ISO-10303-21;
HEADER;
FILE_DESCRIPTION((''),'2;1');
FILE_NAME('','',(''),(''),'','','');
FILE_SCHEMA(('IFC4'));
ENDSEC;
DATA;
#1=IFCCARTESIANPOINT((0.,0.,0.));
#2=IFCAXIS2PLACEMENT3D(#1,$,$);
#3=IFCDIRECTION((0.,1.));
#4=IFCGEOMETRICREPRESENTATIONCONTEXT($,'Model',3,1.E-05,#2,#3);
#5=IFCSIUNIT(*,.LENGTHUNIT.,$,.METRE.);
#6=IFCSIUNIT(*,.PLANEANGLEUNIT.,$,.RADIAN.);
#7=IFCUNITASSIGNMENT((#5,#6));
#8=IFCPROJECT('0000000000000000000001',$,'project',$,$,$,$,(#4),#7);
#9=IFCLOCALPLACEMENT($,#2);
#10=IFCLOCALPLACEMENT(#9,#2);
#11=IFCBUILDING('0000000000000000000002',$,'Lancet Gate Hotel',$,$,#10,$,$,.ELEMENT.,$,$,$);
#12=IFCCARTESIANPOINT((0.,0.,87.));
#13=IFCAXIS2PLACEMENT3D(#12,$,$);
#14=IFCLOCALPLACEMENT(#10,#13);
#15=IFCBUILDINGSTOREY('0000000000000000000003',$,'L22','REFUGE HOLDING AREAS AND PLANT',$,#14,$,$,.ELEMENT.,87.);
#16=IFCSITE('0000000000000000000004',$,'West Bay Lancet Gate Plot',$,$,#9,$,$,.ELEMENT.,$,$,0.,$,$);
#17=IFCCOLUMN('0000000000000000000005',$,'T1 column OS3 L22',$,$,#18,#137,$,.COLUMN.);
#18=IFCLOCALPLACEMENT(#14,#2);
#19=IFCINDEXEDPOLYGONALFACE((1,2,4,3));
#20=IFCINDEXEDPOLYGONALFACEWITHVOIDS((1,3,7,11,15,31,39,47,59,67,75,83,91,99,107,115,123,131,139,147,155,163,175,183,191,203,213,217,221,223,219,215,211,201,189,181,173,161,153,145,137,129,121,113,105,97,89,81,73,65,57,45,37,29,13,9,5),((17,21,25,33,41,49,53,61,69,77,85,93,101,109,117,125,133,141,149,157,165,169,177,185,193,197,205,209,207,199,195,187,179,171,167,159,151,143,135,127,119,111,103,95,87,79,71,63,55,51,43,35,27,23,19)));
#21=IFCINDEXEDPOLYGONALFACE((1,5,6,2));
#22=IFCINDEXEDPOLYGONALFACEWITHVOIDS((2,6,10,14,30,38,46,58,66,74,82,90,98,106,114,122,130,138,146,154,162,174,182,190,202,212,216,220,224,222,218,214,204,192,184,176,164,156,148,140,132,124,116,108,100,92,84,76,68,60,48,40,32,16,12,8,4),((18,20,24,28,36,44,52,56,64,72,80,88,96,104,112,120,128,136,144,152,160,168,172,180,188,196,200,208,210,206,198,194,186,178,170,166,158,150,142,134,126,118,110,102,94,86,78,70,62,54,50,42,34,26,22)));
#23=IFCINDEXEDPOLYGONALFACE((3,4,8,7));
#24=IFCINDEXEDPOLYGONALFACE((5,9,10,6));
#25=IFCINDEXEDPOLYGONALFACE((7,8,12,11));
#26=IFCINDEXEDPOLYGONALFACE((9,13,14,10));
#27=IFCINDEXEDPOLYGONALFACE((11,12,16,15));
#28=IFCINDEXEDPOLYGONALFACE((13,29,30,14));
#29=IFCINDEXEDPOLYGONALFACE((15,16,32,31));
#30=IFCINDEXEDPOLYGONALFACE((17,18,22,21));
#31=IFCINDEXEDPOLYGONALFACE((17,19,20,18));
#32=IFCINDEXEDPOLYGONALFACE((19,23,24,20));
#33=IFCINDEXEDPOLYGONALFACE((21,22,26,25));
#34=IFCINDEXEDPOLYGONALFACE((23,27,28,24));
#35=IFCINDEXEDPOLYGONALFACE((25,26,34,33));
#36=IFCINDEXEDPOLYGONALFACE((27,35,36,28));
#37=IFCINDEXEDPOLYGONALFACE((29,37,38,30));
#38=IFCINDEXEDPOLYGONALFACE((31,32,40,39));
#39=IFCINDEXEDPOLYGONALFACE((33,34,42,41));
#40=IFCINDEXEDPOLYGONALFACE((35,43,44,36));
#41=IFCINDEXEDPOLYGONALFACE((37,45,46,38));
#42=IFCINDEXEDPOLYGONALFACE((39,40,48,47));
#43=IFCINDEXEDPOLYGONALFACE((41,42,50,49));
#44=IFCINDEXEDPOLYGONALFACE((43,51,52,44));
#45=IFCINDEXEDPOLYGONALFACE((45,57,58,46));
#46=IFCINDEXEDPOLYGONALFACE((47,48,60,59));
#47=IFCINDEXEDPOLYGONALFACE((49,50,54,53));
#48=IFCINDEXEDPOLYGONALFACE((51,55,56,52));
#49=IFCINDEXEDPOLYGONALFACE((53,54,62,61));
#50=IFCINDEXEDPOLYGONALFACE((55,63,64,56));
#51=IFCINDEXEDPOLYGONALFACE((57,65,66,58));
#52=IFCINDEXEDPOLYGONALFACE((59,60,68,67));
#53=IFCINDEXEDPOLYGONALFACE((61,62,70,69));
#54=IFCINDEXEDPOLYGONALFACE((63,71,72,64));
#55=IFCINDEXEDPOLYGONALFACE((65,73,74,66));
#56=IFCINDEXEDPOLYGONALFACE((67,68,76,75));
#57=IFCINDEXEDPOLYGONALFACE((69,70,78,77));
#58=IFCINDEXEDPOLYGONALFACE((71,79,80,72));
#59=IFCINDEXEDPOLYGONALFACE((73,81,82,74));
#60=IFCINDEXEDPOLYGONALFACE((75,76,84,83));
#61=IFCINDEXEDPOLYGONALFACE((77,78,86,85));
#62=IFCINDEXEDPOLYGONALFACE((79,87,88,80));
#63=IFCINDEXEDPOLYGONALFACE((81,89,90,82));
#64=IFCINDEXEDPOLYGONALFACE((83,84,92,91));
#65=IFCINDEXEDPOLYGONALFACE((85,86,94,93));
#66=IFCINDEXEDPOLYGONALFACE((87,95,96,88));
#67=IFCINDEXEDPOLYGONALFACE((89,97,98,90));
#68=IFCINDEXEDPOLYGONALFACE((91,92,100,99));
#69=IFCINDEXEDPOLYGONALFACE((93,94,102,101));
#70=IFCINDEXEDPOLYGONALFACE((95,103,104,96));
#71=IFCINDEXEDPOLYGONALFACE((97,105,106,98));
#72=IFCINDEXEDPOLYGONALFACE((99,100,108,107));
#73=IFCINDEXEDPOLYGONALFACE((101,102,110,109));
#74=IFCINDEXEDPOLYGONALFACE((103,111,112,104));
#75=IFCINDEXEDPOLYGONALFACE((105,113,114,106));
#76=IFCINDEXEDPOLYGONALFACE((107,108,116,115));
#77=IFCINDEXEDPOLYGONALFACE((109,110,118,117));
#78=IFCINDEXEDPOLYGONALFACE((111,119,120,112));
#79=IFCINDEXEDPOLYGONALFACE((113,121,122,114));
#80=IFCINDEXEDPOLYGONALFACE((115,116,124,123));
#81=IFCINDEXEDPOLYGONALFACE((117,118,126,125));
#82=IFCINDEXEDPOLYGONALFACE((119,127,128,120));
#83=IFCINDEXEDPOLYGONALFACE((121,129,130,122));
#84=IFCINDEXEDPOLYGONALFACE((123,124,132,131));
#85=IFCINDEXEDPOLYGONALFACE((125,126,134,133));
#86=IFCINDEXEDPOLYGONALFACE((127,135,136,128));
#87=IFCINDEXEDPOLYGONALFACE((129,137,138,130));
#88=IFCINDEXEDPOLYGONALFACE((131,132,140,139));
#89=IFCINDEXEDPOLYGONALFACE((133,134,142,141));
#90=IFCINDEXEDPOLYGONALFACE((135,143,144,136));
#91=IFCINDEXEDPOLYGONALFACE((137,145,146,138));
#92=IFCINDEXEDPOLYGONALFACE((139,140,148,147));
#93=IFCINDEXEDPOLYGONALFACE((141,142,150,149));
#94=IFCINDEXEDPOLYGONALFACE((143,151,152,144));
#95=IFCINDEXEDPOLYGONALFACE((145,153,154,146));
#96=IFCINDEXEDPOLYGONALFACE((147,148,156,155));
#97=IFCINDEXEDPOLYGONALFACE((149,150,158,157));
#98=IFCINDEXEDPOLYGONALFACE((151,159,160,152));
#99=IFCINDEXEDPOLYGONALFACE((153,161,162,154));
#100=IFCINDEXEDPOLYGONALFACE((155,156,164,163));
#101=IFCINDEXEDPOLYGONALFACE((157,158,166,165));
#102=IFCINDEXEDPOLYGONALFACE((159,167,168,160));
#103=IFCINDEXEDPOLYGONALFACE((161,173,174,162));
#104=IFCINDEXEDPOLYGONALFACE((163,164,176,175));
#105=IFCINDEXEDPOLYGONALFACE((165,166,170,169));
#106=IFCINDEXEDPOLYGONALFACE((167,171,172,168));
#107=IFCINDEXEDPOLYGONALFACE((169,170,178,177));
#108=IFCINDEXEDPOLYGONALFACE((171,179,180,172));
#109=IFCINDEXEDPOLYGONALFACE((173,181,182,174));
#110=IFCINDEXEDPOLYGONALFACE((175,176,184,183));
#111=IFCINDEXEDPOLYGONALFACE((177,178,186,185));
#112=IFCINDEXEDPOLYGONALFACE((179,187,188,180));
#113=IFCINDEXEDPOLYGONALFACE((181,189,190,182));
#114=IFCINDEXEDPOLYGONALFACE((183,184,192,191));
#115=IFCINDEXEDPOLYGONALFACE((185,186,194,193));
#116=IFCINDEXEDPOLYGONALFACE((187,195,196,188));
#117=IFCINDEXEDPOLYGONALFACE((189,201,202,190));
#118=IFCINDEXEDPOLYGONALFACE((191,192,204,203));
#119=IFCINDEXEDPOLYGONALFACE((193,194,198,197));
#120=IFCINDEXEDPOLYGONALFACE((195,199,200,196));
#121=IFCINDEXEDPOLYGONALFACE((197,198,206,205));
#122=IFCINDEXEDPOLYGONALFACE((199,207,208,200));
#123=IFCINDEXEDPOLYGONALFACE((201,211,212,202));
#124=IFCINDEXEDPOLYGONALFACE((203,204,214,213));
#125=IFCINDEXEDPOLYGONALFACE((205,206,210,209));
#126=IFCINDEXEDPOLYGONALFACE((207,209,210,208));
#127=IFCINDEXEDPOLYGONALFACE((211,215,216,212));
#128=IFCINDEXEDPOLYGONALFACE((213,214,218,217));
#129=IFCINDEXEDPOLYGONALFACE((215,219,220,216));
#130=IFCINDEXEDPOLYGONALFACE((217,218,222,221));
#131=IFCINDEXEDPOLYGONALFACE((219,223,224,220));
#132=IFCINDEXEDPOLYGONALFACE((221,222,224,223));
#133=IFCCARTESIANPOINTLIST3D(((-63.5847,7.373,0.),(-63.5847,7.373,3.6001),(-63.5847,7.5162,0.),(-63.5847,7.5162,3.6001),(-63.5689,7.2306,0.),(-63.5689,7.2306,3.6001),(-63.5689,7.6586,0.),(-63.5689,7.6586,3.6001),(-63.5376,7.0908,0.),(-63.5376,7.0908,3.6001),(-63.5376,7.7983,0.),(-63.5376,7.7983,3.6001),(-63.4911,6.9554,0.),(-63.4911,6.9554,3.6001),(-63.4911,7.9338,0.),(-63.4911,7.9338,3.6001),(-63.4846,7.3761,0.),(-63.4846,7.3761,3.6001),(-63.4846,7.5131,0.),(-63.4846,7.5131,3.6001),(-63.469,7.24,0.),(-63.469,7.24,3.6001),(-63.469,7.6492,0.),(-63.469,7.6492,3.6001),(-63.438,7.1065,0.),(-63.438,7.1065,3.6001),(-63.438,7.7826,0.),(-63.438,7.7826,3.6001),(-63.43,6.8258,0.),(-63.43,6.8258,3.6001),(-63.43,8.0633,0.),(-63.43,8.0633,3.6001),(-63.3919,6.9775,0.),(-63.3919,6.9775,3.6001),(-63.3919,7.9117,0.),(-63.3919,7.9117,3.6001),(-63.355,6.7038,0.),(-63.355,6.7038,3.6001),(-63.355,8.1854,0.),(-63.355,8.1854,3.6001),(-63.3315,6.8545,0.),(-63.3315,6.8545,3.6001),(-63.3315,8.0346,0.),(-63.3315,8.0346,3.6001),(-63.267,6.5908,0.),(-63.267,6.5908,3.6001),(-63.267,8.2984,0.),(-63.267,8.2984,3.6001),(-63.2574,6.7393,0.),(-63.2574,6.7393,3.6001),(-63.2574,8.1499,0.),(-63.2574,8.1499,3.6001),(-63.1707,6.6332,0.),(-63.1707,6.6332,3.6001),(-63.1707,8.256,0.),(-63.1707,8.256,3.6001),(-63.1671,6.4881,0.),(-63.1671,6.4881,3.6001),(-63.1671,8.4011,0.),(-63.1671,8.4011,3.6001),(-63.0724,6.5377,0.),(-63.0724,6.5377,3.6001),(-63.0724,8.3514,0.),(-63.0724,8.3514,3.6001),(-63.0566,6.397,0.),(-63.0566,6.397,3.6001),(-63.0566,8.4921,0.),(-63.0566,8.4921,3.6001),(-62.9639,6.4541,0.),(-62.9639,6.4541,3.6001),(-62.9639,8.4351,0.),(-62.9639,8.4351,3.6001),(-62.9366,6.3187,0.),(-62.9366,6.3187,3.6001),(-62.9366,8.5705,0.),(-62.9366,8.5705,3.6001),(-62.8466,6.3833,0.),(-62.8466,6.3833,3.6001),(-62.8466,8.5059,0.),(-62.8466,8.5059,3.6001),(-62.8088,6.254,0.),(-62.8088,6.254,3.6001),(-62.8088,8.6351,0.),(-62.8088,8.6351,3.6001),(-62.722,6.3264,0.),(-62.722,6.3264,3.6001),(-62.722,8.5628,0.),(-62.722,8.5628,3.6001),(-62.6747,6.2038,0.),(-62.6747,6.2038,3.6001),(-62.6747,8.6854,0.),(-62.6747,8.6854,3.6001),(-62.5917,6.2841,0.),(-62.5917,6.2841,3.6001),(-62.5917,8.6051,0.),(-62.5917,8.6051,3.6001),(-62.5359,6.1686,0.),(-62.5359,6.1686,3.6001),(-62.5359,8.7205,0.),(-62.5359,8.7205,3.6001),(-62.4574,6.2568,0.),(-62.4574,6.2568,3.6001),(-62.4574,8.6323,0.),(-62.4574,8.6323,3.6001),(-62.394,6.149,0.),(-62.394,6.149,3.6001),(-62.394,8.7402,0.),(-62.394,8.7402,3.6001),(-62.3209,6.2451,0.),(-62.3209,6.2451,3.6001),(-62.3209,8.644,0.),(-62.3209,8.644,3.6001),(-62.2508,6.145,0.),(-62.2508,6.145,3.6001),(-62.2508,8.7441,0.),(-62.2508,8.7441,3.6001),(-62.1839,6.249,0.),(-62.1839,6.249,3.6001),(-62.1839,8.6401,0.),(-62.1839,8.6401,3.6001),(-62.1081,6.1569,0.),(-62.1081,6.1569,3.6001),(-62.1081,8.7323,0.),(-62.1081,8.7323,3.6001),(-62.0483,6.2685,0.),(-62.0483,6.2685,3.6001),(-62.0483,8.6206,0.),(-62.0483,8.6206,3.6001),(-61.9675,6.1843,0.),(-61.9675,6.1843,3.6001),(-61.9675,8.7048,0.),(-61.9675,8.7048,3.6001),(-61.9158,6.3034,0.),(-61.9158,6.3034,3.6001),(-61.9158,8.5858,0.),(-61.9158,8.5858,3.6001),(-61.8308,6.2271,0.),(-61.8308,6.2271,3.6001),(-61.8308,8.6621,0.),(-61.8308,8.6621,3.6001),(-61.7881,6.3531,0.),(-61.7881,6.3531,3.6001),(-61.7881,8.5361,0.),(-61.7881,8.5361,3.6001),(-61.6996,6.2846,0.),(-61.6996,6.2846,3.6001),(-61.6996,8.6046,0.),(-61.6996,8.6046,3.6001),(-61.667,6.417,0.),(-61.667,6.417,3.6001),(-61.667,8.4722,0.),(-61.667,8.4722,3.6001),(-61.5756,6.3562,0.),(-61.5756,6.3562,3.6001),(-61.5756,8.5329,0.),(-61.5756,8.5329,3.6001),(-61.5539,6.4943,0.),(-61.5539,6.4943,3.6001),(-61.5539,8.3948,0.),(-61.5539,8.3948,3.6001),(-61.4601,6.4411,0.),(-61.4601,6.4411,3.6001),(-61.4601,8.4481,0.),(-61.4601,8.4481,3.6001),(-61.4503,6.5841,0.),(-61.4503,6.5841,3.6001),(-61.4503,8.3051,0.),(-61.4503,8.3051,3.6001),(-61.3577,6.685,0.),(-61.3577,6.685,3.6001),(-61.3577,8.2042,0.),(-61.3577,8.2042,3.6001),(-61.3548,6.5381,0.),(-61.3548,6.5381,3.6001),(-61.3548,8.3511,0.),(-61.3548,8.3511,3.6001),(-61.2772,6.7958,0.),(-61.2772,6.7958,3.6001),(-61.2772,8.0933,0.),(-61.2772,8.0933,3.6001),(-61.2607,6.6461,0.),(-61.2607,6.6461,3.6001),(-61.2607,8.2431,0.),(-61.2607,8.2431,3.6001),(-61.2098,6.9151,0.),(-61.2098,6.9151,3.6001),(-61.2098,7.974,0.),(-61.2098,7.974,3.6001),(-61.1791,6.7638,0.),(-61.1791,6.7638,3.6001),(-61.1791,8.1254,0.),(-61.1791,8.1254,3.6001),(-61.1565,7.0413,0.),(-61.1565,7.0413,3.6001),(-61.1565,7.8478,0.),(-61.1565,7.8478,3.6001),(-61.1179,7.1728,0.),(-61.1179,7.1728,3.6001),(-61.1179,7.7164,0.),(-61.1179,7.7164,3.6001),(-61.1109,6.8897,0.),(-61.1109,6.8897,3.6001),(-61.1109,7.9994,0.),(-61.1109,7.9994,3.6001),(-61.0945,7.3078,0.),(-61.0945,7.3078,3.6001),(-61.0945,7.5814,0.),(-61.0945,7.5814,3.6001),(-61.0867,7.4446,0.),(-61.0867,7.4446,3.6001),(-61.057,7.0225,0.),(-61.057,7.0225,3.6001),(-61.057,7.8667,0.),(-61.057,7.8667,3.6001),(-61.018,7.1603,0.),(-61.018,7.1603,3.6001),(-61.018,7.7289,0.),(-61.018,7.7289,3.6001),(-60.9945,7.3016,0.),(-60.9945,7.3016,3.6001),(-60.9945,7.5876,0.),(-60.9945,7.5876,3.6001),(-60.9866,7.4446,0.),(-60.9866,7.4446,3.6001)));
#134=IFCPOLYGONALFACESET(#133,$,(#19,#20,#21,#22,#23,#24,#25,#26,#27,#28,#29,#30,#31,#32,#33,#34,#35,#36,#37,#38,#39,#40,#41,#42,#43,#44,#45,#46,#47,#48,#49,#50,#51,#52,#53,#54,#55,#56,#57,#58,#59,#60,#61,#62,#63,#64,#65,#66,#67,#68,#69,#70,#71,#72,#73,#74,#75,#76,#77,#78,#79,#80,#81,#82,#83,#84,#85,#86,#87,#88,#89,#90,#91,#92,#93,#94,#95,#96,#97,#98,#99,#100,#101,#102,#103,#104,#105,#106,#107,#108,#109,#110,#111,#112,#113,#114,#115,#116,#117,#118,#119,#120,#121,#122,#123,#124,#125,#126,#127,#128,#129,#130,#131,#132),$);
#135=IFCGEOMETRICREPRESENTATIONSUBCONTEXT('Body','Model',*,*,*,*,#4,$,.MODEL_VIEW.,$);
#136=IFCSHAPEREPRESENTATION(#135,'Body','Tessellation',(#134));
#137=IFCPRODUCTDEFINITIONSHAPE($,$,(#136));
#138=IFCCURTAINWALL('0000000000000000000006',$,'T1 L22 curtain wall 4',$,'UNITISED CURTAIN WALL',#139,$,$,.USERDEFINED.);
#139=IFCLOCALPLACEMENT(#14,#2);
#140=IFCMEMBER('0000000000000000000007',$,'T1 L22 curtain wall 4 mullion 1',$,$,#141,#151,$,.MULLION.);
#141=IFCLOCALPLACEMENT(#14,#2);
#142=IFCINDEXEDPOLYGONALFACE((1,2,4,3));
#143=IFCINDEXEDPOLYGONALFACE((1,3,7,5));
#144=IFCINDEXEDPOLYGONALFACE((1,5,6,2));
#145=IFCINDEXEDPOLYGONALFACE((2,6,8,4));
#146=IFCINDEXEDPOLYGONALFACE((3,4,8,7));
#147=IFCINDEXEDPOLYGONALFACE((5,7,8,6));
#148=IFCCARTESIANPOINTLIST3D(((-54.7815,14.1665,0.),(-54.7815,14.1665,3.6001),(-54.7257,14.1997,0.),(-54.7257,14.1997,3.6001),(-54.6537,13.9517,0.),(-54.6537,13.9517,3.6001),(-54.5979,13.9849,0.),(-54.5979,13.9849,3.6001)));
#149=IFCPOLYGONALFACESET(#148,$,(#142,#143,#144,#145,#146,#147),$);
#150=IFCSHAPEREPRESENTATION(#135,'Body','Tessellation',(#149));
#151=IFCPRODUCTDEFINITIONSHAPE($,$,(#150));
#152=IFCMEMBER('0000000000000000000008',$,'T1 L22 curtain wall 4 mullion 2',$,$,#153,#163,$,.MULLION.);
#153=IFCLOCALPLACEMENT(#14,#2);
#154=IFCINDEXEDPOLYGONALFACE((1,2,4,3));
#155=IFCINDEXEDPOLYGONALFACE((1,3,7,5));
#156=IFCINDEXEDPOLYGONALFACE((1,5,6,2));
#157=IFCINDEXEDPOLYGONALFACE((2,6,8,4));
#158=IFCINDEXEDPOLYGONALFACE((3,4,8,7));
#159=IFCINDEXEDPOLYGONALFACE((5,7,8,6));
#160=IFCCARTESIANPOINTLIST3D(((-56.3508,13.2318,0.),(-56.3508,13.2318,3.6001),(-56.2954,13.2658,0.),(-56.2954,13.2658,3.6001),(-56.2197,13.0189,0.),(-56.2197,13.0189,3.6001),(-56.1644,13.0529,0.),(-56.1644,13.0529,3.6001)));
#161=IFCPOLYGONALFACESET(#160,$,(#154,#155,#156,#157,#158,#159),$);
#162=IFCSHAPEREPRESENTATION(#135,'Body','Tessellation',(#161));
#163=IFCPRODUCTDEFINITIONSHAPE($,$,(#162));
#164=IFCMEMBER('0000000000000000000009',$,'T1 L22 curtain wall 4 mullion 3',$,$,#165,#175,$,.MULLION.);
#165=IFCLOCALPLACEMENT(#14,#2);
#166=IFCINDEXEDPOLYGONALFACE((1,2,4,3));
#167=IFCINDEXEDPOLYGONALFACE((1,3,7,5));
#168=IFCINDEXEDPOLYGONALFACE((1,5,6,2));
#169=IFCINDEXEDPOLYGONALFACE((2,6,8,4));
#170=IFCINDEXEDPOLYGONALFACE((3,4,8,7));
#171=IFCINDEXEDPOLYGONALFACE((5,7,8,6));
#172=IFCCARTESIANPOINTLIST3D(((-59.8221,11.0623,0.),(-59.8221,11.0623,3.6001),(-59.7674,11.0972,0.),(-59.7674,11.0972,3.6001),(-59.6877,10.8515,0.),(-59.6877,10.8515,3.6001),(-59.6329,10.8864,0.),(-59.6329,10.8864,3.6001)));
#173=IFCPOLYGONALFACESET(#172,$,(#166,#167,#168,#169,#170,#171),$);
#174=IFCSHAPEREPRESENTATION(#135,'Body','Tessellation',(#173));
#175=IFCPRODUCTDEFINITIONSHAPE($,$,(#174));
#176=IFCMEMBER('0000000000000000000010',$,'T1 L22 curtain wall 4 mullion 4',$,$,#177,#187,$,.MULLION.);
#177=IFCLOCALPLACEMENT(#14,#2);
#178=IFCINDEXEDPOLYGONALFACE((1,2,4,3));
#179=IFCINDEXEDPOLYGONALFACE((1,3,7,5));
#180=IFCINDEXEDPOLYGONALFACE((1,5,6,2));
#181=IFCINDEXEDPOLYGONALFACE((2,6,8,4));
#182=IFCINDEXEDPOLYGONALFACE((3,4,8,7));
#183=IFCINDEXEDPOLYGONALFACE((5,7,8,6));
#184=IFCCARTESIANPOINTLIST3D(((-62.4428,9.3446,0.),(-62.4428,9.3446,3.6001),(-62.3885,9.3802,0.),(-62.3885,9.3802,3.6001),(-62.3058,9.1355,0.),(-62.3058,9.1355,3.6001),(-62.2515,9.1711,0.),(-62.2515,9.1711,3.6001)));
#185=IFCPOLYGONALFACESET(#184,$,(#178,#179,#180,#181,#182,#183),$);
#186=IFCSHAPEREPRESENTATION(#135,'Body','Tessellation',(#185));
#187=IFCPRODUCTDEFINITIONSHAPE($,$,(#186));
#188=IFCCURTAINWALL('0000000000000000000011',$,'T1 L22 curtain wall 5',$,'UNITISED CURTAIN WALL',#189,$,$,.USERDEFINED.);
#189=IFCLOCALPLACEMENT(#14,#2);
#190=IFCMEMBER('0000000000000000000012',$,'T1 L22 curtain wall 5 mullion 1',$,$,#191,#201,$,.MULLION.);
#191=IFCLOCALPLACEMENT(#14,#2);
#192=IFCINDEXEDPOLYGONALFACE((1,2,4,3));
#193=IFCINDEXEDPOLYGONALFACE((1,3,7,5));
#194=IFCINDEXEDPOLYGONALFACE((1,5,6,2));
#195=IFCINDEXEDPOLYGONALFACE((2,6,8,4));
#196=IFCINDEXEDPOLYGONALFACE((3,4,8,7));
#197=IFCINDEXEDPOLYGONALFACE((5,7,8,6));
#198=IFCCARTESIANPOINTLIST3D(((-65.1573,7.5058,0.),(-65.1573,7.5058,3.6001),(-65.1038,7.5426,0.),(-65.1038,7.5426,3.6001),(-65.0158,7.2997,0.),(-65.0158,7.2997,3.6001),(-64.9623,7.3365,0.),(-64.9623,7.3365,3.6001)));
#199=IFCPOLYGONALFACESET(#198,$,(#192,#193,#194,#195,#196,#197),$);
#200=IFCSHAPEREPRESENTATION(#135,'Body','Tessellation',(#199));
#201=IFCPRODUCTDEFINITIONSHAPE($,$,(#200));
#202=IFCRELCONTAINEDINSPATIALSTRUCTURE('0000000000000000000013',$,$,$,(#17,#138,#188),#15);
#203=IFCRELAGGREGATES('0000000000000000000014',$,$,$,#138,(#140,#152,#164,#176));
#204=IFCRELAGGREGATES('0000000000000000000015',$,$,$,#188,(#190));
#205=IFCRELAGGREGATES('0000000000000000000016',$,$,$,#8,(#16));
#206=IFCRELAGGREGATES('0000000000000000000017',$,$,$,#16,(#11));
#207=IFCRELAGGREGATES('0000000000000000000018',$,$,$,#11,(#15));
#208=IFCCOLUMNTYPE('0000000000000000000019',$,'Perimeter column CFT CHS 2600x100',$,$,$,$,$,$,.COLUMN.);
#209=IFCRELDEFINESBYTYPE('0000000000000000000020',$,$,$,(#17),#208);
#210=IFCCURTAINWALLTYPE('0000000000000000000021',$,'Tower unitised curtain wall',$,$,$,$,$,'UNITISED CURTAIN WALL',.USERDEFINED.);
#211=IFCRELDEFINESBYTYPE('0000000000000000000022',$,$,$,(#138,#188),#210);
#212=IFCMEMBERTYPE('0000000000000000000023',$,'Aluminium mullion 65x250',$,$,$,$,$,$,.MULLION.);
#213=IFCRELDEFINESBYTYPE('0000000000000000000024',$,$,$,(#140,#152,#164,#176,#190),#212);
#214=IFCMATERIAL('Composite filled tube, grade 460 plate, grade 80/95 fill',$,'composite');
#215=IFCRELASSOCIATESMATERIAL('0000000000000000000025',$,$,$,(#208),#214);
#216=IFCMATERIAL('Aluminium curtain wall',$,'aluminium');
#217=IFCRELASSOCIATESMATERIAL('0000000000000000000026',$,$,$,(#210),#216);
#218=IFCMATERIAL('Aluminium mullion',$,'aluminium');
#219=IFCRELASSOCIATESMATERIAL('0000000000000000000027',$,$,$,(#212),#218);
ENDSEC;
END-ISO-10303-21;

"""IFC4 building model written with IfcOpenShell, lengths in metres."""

from ifc_helpers import new_model, si_unit, direction, frame, origin, origin_2d, place, context, subcontext, project, spatial, rectangle, hollow_circle, extrude, material, material_profile, profile_set, type_object, element, aggregate, save


model = new_model("IFC4")

# Units and contexts
model_context = context("Model", 3, precision=1e-05, world=origin(), true_north=direction((0.0, 1.0)))
body_context = subcontext(model_context, "Body", "Model", "MODEL_VIEW")
ifc_project = project(units=[si_unit("LENGTHUNIT", "METRE"), si_unit("PLANEANGLEUNIT", "RADIAN")], contexts=[model_context])

# Site, building, storey
site_placement = place(None, origin())
site = spatial("IfcSite", under=ifc_project, at=site_placement, Name="West Bay Lancet Gate Plot", CompositionType="ELEMENT", RefElevation=0.0)
building_placement = place(site_placement, origin())
building = spatial("IfcBuilding", under=site, at=building_placement, Name="Lancet Gate Hotel", CompositionType="ELEMENT")
storey_placement = place(building_placement, frame((0.0, 0.0, 87.0)))
storey = spatial("IfcBuildingStorey", under=building, at=storey_placement, Name="L22", Description="REFUGE HOLDING AREAS AND PLANT", CompositionType="ELEMENT", Elevation=87.0)

# Column
ifc_material_1 = material(Name="Composite filled tube, grade 460 plate, grade 80/95 fill", Category="composite")
ifc_material_profile_1 = material_profile(ifc_material_1, hollow_circle(Radius=1.3, WallThickness=0.1001, at=origin_2d()), Name="CHS 2600x100")
ifc_profile_set_1 = profile_set([ifc_material_profile_1], Name="Composite filled tube, grade 460 plate, grade 80/95 fill")
column_type = type_object("IfcColumnType", Name="Perimeter column CFT CHS 2600x100", PredefinedType="COLUMN", material=ifc_profile_set_1)
for number, where, z_axis, x_axis, name in (
    (1, (-62.2866, 7.4446, 0.0), (0.0, 0.0, 1.0), (1.0, 0.0, 0.0), "T1 column OS3 L22"),
):
    element("IfcColumn", number, at=place(storey_placement, frame(where, z_axis=z_axis, x_axis=x_axis)), inside=storey, type_object=column_type, Name=name, PredefinedType="COLUMN", context=body_context, shape_type="SweptSolid", body=[
        extrude(hollow_circle(Radius=1.3, WallThickness=0.1001, at=origin_2d()), origin(), (0.0, 0.0, 1.0), 3.6001),
    ])

# Curtain walls, members
ifc_material_2 = material(Name="Aluminium curtain wall", Category="aluminium")
curtain_wall_type = type_object("IfcCurtainWallType", Name="Tower unitised curtain wall", ElementType="UNITISED CURTAIN WALL", PredefinedType="USERDEFINED", material=ifc_material_2)
curtain_wall_1_placement = place(storey_placement, origin())
curtain_wall_1 = element("IfcCurtainWall", 2, at=curtain_wall_1_placement, inside=storey, type_object=curtain_wall_type, Name="T1 L22 curtain wall 4", ObjectType="UNITISED CURTAIN WALL", PredefinedType="USERDEFINED")
ifc_material_3 = material(Name="Aluminium mullion", Category="aluminium")
ifc_material_profile_2 = material_profile(ifc_material_3, rectangle(XDim=0.0649, YDim=0.25, at=origin_2d()), Name="MULLION 65x250")
ifc_profile_set_2 = profile_set([ifc_material_profile_2], Name="Aluminium mullion")
member_type_1 = type_object("IfcMemberType", Name="Aluminium mullion 65x250", PredefinedType="MULLION", material=ifc_profile_set_2)
member_1_placement = place(storey_placement, frame((-54.6897, 14.0757, 0.0), z_axis=(0.0, 0.0, 1.0), x_axis=(-0.859271, -0.51152, 0.0)))
member_1 = element("IfcMember", 3, at=member_1_placement, type_object=member_type_1, Name="T1 L22 curtain wall 4 mullion 1", PredefinedType="MULLION", context=body_context, shape_type="SweptSolid", body=[
    extrude(rectangle(XDim=0.0649, YDim=0.25, at=origin_2d()), origin(), (0.0, 0.0, 1.0), 3.6001),
])
member_2_placement = place(storey_placement, frame((-56.2576, 13.1423, 0.0), z_axis=(0.0, 0.0, 1.0), x_axis=(-0.85156, -0.524257, 0.0)))
member_2 = element("IfcMember", 4, at=member_2_placement, type_object=member_type_1, Name="T1 L22 curtain wall 4 mullion 2", PredefinedType="MULLION", context=body_context, shape_type="SweptSolid", body=[
    extrude(rectangle(XDim=0.0649, YDim=0.25, at=origin_2d()), origin(), (0.0, 0.0, 1.0), 3.6001),
])
member_3_placement = place(storey_placement, frame((-59.7275, 10.9744, 0.0), z_axis=(0.0, 0.0, 1.0), x_axis=(-0.843078, -0.537791, 0.0)))
member_3 = element("IfcMember", 5, at=member_3_placement, type_object=member_type_1, Name="T1 L22 curtain wall 4 mullion 3", PredefinedType="MULLION", context=body_context, shape_type="SweptSolid", body=[
    extrude(rectangle(XDim=0.0649, YDim=0.25, at=origin_2d()), origin(), (0.0, 0.0, 1.0), 3.6001),
])
member_4_placement = place(storey_placement, frame((-62.3472, 9.2578, 0.0), z_axis=(0.0, 0.0, 1.0), x_axis=(-0.836458, -0.548032, 0.0)))
member_4 = element("IfcMember", 6, at=member_4_placement, type_object=member_type_1, Name="T1 L22 curtain wall 4 mullion 4", PredefinedType="MULLION", context=body_context, shape_type="SweptSolid", body=[
    extrude(rectangle(XDim=0.0649, YDim=0.25, at=origin_2d()), origin(), (0.0, 0.0, 1.0), 3.6001),
])
curtain_wall_2_placement = place(storey_placement, origin())
curtain_wall_2 = element("IfcCurtainWall", 7, at=curtain_wall_2_placement, inside=storey, type_object=curtain_wall_type, Name="T1 L22 curtain wall 5", ObjectType="UNITISED CURTAIN WALL", PredefinedType="USERDEFINED")
member_5_placement = place(storey_placement, frame((-65.0598, 7.4211, 0.0), z_axis=(0.0, 0.0, 1.0), x_axis=(-0.824466, -0.565911, 0.0)))
member_5 = element("IfcMember", 8, at=member_5_placement, type_object=member_type_1, Name="T1 L22 curtain wall 5 mullion 1", PredefinedType="MULLION", context=body_context, shape_type="SweptSolid", body=[
    extrude(rectangle(XDim=0.0649, YDim=0.25, at=origin_2d()), origin(), (0.0, 0.0, 1.0), 3.6001),
])

aggregate(curtain_wall_1, [member_1, member_2, member_3, member_4])
aggregate(curtain_wall_2, [member_5])

save(model, "model.ifc")
